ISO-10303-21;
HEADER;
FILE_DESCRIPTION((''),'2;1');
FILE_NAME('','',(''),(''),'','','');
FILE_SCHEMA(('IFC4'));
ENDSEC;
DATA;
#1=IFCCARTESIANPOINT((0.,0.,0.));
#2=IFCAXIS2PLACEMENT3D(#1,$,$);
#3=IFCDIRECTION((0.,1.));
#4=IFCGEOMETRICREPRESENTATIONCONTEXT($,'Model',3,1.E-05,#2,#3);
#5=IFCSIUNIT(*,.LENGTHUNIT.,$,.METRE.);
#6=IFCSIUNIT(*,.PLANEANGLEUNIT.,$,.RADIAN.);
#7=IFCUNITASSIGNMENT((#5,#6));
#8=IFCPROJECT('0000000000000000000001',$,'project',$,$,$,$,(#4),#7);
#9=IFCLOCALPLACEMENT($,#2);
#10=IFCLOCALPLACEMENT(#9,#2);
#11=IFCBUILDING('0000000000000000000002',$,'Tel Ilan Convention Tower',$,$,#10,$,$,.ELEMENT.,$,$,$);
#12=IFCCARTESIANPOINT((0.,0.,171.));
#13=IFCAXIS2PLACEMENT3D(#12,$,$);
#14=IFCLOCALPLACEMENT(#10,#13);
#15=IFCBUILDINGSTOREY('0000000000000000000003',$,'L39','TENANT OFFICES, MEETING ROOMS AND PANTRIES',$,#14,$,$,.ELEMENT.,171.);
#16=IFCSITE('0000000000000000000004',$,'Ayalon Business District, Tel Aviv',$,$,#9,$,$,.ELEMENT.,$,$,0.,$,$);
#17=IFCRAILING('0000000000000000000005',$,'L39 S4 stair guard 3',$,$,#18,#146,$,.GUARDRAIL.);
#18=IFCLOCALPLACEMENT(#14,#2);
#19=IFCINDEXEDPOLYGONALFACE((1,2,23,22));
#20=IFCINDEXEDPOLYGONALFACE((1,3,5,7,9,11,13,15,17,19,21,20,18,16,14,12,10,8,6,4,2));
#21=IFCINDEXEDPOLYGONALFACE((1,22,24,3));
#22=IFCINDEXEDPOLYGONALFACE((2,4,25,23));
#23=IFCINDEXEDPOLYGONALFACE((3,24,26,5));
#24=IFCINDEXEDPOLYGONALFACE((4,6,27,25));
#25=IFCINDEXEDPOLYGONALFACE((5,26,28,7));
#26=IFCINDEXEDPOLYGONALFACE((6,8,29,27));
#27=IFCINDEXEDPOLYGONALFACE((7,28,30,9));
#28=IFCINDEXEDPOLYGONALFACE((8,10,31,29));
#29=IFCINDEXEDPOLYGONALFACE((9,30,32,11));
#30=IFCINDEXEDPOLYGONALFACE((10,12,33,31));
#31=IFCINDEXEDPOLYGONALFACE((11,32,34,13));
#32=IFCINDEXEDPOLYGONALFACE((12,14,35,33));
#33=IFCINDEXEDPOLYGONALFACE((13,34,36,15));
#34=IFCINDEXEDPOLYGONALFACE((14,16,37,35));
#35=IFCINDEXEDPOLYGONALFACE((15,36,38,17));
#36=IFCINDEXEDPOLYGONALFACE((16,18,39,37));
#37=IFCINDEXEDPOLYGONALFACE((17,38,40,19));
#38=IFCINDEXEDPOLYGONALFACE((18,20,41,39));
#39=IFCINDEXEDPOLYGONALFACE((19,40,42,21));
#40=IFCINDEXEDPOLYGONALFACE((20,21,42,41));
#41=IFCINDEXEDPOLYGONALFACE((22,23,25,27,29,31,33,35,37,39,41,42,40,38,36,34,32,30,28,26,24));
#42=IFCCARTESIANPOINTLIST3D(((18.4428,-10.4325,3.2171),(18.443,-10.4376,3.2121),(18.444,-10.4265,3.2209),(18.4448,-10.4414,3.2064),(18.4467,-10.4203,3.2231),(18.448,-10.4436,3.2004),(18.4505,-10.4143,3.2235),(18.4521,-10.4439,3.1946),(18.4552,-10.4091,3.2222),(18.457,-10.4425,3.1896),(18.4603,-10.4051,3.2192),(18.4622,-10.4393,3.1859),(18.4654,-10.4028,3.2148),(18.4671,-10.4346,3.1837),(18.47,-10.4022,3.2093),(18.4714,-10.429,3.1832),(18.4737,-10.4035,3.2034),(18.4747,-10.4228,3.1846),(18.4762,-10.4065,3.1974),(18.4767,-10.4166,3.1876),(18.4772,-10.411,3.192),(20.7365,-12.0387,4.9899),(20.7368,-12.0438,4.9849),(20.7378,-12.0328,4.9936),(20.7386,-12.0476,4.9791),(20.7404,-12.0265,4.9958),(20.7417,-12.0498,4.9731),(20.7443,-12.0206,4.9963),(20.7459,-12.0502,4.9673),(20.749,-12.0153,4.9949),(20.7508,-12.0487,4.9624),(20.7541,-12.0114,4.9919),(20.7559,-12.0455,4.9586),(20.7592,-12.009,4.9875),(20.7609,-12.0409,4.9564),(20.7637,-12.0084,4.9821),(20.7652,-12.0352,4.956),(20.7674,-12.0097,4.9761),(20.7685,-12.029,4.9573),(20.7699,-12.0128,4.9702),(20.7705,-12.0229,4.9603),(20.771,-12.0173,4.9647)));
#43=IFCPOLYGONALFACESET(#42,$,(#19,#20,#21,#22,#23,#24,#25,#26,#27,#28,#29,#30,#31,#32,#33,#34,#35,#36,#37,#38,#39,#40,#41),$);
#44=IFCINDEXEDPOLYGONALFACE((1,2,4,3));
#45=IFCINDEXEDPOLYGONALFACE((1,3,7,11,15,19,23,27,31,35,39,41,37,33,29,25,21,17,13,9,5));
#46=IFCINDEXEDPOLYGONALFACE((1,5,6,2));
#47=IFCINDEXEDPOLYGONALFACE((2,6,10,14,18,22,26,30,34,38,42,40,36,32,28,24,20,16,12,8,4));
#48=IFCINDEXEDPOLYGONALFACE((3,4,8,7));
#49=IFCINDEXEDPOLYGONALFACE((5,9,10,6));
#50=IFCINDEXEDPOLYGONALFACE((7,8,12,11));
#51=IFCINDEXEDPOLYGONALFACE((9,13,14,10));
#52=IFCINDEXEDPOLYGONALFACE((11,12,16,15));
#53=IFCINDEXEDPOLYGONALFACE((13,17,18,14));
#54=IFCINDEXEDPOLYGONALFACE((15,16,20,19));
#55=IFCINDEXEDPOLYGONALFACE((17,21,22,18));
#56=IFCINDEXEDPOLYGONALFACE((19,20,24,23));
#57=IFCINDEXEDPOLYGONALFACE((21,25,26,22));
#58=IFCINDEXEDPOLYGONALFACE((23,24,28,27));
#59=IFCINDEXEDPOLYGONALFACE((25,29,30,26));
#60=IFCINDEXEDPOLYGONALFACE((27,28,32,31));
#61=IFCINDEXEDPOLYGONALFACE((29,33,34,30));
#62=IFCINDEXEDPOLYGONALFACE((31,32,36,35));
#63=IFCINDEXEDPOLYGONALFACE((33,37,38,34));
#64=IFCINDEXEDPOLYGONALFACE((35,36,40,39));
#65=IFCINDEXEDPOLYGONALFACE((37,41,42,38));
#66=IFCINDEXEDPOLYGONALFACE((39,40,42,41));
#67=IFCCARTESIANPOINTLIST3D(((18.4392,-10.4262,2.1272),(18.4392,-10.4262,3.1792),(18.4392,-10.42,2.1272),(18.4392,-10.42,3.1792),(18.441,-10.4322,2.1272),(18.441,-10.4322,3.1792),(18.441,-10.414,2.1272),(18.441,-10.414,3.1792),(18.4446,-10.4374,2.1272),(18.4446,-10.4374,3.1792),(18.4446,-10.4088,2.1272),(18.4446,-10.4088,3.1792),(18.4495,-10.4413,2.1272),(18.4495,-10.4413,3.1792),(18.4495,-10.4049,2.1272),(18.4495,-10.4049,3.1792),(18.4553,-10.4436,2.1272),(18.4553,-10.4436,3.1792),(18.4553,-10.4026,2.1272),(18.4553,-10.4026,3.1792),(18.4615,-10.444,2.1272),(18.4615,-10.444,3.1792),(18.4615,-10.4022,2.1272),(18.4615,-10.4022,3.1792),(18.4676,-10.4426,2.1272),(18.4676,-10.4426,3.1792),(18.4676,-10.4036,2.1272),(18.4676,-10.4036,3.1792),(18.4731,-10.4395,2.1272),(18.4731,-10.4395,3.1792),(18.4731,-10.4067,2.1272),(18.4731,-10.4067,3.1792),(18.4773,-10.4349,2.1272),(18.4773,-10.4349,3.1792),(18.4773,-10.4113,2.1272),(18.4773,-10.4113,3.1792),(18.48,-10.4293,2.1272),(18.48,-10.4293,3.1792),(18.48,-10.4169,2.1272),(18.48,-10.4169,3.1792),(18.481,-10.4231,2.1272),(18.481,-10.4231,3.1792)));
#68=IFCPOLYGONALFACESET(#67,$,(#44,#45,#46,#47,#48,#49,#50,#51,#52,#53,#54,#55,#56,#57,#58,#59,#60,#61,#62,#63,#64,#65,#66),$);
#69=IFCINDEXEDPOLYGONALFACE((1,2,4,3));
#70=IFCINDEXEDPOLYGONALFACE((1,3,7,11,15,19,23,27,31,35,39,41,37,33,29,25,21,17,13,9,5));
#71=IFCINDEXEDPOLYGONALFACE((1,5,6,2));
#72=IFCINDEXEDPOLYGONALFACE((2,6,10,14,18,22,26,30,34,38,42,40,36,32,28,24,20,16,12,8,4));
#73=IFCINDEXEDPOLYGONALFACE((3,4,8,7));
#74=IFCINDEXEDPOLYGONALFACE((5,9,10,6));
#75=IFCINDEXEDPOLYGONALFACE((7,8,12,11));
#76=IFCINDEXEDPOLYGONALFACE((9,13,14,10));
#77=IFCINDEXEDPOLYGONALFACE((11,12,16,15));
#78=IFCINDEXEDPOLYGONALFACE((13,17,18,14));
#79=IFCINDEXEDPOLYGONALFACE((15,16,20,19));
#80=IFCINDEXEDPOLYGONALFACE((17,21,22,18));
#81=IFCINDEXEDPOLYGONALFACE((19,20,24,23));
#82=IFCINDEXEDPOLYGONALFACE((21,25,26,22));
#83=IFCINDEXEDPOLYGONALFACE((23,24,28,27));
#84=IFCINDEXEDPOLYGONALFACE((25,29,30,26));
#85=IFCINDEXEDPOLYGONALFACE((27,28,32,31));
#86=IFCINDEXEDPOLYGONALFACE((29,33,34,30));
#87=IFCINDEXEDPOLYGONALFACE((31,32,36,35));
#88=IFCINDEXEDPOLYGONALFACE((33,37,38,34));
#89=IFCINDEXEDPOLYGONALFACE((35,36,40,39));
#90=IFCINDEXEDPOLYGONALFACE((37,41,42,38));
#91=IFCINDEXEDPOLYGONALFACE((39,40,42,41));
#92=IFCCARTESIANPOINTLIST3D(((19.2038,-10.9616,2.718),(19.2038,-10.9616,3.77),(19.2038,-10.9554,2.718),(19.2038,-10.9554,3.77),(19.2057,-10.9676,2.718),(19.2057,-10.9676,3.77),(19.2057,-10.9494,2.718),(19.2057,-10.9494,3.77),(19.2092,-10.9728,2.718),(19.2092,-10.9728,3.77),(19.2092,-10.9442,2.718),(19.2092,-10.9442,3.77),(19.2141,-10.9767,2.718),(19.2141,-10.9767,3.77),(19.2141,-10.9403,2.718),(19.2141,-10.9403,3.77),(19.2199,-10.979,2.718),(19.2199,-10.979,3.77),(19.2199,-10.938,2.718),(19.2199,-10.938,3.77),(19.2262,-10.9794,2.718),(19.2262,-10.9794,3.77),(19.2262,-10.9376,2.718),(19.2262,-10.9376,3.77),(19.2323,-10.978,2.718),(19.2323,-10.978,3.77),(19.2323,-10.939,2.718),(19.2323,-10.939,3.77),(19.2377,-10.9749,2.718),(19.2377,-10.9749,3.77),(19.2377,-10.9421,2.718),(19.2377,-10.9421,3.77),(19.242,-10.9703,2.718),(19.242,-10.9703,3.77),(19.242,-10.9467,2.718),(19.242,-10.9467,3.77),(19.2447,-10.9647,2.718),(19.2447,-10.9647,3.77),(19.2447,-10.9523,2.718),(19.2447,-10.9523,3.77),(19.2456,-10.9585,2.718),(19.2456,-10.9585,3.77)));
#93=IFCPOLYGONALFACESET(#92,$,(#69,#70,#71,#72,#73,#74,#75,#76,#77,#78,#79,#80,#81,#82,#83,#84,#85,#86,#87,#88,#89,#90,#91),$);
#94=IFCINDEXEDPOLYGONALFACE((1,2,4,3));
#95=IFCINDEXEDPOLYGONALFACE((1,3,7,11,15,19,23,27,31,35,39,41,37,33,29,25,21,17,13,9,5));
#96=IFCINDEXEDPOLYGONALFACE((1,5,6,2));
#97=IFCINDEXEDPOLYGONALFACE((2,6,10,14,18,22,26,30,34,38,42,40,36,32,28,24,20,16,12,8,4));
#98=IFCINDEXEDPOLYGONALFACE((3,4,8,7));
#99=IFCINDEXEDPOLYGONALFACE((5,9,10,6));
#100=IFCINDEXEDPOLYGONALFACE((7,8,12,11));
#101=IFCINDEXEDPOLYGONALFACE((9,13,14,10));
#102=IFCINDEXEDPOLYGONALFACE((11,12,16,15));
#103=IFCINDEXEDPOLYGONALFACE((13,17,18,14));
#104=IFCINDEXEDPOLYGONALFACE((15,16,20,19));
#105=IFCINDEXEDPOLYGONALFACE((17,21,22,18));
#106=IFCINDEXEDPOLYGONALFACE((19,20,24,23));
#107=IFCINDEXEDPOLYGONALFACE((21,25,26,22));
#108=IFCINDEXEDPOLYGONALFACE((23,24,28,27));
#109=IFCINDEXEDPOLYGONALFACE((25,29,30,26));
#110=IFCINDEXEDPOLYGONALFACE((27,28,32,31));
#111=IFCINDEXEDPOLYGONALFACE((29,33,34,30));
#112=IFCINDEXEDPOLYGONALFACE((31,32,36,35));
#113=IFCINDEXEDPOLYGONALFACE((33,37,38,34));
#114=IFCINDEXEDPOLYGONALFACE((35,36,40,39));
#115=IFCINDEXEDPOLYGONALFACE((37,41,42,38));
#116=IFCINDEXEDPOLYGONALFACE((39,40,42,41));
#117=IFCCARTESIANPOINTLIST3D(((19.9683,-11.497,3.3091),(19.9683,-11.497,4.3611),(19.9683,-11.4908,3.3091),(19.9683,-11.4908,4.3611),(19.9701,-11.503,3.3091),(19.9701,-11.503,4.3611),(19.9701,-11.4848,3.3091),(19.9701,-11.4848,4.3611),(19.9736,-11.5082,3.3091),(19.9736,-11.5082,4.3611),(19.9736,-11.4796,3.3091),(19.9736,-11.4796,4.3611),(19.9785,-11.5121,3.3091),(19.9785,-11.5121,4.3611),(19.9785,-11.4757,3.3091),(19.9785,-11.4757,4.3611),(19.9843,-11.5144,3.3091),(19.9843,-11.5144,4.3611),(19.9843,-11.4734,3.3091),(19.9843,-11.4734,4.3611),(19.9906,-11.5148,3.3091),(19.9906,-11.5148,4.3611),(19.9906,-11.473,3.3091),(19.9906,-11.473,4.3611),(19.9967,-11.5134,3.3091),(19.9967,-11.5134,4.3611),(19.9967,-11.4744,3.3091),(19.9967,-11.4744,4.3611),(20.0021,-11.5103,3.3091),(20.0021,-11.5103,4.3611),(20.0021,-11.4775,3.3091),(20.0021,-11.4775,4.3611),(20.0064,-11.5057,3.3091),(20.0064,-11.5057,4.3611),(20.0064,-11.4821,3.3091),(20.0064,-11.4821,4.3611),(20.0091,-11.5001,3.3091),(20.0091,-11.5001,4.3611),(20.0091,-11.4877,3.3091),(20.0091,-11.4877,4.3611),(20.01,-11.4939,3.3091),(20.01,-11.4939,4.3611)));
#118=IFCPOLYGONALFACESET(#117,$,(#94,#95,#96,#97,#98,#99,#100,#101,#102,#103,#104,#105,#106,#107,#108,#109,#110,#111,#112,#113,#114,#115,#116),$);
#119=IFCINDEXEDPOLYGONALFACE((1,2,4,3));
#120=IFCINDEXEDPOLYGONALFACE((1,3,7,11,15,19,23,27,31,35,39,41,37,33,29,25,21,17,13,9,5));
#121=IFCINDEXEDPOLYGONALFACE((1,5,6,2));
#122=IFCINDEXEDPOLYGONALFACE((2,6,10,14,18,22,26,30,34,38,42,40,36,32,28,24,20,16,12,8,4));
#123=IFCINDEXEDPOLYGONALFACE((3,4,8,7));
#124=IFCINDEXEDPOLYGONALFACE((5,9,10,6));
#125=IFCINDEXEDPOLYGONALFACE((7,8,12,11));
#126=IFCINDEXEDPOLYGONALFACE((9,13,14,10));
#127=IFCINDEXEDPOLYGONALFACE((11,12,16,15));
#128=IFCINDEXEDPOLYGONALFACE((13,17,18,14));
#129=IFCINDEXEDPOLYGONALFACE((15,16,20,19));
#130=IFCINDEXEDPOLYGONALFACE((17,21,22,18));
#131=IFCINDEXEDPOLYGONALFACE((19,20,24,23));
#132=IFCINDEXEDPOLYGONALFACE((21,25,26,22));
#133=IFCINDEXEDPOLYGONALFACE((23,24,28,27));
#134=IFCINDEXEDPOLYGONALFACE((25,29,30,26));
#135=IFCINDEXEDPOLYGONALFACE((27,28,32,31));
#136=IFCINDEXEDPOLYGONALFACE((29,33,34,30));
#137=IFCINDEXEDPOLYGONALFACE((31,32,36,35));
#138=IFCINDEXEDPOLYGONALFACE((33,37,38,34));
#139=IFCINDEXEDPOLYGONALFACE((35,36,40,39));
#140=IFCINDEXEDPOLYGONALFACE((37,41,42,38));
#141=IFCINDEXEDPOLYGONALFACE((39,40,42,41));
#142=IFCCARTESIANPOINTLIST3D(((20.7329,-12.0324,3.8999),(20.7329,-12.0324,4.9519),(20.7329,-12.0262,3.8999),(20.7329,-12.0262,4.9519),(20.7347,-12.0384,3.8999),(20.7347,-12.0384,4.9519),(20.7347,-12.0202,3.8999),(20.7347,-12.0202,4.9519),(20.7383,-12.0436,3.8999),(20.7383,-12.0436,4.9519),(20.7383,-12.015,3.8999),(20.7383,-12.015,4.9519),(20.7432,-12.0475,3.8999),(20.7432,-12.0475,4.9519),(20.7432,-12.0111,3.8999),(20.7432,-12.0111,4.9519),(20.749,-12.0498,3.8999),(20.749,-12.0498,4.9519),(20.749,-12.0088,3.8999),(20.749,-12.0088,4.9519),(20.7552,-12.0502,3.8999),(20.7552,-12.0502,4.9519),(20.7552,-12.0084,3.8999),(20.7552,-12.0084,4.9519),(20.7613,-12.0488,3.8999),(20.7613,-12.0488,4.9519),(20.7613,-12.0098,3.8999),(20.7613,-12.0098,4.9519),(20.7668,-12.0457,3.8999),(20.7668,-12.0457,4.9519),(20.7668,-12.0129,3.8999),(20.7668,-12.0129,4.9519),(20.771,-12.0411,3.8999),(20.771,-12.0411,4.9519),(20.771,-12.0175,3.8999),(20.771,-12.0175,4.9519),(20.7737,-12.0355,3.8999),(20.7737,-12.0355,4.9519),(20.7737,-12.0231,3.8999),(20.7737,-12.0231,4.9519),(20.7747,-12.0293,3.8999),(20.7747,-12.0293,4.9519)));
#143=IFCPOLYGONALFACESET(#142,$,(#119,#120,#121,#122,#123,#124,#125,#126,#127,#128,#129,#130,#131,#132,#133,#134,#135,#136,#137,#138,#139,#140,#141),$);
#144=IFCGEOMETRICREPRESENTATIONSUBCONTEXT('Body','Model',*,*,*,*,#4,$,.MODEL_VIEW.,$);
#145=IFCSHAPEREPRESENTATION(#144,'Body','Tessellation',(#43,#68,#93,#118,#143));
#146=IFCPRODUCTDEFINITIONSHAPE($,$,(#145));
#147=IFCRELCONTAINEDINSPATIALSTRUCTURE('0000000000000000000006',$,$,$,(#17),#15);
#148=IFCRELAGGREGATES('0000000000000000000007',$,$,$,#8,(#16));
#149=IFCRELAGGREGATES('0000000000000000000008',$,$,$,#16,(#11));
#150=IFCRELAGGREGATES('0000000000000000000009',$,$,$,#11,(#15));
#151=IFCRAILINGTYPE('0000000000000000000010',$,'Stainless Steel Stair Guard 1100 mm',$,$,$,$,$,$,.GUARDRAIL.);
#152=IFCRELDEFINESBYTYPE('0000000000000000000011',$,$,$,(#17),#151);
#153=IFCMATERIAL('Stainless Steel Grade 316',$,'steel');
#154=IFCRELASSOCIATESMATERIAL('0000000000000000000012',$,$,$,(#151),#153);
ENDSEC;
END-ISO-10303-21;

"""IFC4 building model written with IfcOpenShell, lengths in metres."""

from ifc_helpers import new_model, si_unit, direction, frame, origin, origin_2d, place, context, subcontext, project, spatial, circle, extrude, material, type_object, element, save


model = new_model("IFC4")

# Units and contexts
model_context = context("Model", 3, precision=1e-05, world=origin(), true_north=direction((0.0, 1.0)))
body_context = subcontext(model_context, "Body", "Model", "MODEL_VIEW")
ifc_project = project(units=[si_unit("LENGTHUNIT", "METRE"), si_unit("PLANEANGLEUNIT", "RADIAN")], contexts=[model_context])

# Site, building, storey
site_placement = place(None, origin())
site = spatial("IfcSite", under=ifc_project, at=site_placement, Name="Ayalon Business District, Tel Aviv", CompositionType="ELEMENT", RefElevation=0.0)
building_placement = place(site_placement, origin())
building = spatial("IfcBuilding", under=site, at=building_placement, Name="Tel Ilan Convention Tower", CompositionType="ELEMENT")
storey_placement = place(building_placement, frame((0.0, 0.0, 171.0)))
storey = spatial("IfcBuildingStorey", under=building, at=storey_placement, Name="L39", Description="TENANT OFFICES, MEETING ROOMS AND PANTRIES", CompositionType="ELEMENT", Elevation=171.0)

# Railing
ifc_material_1 = material(Name="Stainless Steel Grade 316", Category="steel")
railing_type_1 = type_object("IfcRailingType", Name="Stainless Steel Stair Guard 1100 mm", PredefinedType="GUARDRAIL", material=ifc_material_1)
railing_1_placement = place(storey_placement, frame((18.46, -10.4231, 2.1272)))
element("IfcRailing", 1, at=railing_1_placement, inside=storey, type_object=railing_type_1, Name="L39 S4 stair guard 3", PredefinedType="GUARDRAIL", context=body_context, shape_type="SweptSolid", body=[
    extrude(circle(Radius=0.0239, at=origin_2d()), frame((0.0, 0.0, 1.0762), z_axis=(0.692098, -0.484653, 0.534894), x_axis=(0.573609, 0.81913, 0.0)), (0.0, 0.0, 1.0), 3.3142),
    extrude(circle(Radius=0.021, at=origin_2d()), origin(), (0.0, 0.0, 1.0), 1.052),
    extrude(circle(Radius=0.021, at=origin_2d()), frame((0.7646, -0.5354, 0.5908)), (0.0, 0.0, 1.0), 1.052),
    extrude(circle(Radius=0.021, at=origin_2d()), frame((1.5291, -1.0708, 1.1819)), (0.0, 0.0, 1.0), 1.052),
    extrude(circle(Radius=0.021, at=origin_2d()), frame((2.2937, -1.6062, 1.7727)), (0.0, 0.0, 1.0), 1.052),
])

save(model, "model.ifc")
